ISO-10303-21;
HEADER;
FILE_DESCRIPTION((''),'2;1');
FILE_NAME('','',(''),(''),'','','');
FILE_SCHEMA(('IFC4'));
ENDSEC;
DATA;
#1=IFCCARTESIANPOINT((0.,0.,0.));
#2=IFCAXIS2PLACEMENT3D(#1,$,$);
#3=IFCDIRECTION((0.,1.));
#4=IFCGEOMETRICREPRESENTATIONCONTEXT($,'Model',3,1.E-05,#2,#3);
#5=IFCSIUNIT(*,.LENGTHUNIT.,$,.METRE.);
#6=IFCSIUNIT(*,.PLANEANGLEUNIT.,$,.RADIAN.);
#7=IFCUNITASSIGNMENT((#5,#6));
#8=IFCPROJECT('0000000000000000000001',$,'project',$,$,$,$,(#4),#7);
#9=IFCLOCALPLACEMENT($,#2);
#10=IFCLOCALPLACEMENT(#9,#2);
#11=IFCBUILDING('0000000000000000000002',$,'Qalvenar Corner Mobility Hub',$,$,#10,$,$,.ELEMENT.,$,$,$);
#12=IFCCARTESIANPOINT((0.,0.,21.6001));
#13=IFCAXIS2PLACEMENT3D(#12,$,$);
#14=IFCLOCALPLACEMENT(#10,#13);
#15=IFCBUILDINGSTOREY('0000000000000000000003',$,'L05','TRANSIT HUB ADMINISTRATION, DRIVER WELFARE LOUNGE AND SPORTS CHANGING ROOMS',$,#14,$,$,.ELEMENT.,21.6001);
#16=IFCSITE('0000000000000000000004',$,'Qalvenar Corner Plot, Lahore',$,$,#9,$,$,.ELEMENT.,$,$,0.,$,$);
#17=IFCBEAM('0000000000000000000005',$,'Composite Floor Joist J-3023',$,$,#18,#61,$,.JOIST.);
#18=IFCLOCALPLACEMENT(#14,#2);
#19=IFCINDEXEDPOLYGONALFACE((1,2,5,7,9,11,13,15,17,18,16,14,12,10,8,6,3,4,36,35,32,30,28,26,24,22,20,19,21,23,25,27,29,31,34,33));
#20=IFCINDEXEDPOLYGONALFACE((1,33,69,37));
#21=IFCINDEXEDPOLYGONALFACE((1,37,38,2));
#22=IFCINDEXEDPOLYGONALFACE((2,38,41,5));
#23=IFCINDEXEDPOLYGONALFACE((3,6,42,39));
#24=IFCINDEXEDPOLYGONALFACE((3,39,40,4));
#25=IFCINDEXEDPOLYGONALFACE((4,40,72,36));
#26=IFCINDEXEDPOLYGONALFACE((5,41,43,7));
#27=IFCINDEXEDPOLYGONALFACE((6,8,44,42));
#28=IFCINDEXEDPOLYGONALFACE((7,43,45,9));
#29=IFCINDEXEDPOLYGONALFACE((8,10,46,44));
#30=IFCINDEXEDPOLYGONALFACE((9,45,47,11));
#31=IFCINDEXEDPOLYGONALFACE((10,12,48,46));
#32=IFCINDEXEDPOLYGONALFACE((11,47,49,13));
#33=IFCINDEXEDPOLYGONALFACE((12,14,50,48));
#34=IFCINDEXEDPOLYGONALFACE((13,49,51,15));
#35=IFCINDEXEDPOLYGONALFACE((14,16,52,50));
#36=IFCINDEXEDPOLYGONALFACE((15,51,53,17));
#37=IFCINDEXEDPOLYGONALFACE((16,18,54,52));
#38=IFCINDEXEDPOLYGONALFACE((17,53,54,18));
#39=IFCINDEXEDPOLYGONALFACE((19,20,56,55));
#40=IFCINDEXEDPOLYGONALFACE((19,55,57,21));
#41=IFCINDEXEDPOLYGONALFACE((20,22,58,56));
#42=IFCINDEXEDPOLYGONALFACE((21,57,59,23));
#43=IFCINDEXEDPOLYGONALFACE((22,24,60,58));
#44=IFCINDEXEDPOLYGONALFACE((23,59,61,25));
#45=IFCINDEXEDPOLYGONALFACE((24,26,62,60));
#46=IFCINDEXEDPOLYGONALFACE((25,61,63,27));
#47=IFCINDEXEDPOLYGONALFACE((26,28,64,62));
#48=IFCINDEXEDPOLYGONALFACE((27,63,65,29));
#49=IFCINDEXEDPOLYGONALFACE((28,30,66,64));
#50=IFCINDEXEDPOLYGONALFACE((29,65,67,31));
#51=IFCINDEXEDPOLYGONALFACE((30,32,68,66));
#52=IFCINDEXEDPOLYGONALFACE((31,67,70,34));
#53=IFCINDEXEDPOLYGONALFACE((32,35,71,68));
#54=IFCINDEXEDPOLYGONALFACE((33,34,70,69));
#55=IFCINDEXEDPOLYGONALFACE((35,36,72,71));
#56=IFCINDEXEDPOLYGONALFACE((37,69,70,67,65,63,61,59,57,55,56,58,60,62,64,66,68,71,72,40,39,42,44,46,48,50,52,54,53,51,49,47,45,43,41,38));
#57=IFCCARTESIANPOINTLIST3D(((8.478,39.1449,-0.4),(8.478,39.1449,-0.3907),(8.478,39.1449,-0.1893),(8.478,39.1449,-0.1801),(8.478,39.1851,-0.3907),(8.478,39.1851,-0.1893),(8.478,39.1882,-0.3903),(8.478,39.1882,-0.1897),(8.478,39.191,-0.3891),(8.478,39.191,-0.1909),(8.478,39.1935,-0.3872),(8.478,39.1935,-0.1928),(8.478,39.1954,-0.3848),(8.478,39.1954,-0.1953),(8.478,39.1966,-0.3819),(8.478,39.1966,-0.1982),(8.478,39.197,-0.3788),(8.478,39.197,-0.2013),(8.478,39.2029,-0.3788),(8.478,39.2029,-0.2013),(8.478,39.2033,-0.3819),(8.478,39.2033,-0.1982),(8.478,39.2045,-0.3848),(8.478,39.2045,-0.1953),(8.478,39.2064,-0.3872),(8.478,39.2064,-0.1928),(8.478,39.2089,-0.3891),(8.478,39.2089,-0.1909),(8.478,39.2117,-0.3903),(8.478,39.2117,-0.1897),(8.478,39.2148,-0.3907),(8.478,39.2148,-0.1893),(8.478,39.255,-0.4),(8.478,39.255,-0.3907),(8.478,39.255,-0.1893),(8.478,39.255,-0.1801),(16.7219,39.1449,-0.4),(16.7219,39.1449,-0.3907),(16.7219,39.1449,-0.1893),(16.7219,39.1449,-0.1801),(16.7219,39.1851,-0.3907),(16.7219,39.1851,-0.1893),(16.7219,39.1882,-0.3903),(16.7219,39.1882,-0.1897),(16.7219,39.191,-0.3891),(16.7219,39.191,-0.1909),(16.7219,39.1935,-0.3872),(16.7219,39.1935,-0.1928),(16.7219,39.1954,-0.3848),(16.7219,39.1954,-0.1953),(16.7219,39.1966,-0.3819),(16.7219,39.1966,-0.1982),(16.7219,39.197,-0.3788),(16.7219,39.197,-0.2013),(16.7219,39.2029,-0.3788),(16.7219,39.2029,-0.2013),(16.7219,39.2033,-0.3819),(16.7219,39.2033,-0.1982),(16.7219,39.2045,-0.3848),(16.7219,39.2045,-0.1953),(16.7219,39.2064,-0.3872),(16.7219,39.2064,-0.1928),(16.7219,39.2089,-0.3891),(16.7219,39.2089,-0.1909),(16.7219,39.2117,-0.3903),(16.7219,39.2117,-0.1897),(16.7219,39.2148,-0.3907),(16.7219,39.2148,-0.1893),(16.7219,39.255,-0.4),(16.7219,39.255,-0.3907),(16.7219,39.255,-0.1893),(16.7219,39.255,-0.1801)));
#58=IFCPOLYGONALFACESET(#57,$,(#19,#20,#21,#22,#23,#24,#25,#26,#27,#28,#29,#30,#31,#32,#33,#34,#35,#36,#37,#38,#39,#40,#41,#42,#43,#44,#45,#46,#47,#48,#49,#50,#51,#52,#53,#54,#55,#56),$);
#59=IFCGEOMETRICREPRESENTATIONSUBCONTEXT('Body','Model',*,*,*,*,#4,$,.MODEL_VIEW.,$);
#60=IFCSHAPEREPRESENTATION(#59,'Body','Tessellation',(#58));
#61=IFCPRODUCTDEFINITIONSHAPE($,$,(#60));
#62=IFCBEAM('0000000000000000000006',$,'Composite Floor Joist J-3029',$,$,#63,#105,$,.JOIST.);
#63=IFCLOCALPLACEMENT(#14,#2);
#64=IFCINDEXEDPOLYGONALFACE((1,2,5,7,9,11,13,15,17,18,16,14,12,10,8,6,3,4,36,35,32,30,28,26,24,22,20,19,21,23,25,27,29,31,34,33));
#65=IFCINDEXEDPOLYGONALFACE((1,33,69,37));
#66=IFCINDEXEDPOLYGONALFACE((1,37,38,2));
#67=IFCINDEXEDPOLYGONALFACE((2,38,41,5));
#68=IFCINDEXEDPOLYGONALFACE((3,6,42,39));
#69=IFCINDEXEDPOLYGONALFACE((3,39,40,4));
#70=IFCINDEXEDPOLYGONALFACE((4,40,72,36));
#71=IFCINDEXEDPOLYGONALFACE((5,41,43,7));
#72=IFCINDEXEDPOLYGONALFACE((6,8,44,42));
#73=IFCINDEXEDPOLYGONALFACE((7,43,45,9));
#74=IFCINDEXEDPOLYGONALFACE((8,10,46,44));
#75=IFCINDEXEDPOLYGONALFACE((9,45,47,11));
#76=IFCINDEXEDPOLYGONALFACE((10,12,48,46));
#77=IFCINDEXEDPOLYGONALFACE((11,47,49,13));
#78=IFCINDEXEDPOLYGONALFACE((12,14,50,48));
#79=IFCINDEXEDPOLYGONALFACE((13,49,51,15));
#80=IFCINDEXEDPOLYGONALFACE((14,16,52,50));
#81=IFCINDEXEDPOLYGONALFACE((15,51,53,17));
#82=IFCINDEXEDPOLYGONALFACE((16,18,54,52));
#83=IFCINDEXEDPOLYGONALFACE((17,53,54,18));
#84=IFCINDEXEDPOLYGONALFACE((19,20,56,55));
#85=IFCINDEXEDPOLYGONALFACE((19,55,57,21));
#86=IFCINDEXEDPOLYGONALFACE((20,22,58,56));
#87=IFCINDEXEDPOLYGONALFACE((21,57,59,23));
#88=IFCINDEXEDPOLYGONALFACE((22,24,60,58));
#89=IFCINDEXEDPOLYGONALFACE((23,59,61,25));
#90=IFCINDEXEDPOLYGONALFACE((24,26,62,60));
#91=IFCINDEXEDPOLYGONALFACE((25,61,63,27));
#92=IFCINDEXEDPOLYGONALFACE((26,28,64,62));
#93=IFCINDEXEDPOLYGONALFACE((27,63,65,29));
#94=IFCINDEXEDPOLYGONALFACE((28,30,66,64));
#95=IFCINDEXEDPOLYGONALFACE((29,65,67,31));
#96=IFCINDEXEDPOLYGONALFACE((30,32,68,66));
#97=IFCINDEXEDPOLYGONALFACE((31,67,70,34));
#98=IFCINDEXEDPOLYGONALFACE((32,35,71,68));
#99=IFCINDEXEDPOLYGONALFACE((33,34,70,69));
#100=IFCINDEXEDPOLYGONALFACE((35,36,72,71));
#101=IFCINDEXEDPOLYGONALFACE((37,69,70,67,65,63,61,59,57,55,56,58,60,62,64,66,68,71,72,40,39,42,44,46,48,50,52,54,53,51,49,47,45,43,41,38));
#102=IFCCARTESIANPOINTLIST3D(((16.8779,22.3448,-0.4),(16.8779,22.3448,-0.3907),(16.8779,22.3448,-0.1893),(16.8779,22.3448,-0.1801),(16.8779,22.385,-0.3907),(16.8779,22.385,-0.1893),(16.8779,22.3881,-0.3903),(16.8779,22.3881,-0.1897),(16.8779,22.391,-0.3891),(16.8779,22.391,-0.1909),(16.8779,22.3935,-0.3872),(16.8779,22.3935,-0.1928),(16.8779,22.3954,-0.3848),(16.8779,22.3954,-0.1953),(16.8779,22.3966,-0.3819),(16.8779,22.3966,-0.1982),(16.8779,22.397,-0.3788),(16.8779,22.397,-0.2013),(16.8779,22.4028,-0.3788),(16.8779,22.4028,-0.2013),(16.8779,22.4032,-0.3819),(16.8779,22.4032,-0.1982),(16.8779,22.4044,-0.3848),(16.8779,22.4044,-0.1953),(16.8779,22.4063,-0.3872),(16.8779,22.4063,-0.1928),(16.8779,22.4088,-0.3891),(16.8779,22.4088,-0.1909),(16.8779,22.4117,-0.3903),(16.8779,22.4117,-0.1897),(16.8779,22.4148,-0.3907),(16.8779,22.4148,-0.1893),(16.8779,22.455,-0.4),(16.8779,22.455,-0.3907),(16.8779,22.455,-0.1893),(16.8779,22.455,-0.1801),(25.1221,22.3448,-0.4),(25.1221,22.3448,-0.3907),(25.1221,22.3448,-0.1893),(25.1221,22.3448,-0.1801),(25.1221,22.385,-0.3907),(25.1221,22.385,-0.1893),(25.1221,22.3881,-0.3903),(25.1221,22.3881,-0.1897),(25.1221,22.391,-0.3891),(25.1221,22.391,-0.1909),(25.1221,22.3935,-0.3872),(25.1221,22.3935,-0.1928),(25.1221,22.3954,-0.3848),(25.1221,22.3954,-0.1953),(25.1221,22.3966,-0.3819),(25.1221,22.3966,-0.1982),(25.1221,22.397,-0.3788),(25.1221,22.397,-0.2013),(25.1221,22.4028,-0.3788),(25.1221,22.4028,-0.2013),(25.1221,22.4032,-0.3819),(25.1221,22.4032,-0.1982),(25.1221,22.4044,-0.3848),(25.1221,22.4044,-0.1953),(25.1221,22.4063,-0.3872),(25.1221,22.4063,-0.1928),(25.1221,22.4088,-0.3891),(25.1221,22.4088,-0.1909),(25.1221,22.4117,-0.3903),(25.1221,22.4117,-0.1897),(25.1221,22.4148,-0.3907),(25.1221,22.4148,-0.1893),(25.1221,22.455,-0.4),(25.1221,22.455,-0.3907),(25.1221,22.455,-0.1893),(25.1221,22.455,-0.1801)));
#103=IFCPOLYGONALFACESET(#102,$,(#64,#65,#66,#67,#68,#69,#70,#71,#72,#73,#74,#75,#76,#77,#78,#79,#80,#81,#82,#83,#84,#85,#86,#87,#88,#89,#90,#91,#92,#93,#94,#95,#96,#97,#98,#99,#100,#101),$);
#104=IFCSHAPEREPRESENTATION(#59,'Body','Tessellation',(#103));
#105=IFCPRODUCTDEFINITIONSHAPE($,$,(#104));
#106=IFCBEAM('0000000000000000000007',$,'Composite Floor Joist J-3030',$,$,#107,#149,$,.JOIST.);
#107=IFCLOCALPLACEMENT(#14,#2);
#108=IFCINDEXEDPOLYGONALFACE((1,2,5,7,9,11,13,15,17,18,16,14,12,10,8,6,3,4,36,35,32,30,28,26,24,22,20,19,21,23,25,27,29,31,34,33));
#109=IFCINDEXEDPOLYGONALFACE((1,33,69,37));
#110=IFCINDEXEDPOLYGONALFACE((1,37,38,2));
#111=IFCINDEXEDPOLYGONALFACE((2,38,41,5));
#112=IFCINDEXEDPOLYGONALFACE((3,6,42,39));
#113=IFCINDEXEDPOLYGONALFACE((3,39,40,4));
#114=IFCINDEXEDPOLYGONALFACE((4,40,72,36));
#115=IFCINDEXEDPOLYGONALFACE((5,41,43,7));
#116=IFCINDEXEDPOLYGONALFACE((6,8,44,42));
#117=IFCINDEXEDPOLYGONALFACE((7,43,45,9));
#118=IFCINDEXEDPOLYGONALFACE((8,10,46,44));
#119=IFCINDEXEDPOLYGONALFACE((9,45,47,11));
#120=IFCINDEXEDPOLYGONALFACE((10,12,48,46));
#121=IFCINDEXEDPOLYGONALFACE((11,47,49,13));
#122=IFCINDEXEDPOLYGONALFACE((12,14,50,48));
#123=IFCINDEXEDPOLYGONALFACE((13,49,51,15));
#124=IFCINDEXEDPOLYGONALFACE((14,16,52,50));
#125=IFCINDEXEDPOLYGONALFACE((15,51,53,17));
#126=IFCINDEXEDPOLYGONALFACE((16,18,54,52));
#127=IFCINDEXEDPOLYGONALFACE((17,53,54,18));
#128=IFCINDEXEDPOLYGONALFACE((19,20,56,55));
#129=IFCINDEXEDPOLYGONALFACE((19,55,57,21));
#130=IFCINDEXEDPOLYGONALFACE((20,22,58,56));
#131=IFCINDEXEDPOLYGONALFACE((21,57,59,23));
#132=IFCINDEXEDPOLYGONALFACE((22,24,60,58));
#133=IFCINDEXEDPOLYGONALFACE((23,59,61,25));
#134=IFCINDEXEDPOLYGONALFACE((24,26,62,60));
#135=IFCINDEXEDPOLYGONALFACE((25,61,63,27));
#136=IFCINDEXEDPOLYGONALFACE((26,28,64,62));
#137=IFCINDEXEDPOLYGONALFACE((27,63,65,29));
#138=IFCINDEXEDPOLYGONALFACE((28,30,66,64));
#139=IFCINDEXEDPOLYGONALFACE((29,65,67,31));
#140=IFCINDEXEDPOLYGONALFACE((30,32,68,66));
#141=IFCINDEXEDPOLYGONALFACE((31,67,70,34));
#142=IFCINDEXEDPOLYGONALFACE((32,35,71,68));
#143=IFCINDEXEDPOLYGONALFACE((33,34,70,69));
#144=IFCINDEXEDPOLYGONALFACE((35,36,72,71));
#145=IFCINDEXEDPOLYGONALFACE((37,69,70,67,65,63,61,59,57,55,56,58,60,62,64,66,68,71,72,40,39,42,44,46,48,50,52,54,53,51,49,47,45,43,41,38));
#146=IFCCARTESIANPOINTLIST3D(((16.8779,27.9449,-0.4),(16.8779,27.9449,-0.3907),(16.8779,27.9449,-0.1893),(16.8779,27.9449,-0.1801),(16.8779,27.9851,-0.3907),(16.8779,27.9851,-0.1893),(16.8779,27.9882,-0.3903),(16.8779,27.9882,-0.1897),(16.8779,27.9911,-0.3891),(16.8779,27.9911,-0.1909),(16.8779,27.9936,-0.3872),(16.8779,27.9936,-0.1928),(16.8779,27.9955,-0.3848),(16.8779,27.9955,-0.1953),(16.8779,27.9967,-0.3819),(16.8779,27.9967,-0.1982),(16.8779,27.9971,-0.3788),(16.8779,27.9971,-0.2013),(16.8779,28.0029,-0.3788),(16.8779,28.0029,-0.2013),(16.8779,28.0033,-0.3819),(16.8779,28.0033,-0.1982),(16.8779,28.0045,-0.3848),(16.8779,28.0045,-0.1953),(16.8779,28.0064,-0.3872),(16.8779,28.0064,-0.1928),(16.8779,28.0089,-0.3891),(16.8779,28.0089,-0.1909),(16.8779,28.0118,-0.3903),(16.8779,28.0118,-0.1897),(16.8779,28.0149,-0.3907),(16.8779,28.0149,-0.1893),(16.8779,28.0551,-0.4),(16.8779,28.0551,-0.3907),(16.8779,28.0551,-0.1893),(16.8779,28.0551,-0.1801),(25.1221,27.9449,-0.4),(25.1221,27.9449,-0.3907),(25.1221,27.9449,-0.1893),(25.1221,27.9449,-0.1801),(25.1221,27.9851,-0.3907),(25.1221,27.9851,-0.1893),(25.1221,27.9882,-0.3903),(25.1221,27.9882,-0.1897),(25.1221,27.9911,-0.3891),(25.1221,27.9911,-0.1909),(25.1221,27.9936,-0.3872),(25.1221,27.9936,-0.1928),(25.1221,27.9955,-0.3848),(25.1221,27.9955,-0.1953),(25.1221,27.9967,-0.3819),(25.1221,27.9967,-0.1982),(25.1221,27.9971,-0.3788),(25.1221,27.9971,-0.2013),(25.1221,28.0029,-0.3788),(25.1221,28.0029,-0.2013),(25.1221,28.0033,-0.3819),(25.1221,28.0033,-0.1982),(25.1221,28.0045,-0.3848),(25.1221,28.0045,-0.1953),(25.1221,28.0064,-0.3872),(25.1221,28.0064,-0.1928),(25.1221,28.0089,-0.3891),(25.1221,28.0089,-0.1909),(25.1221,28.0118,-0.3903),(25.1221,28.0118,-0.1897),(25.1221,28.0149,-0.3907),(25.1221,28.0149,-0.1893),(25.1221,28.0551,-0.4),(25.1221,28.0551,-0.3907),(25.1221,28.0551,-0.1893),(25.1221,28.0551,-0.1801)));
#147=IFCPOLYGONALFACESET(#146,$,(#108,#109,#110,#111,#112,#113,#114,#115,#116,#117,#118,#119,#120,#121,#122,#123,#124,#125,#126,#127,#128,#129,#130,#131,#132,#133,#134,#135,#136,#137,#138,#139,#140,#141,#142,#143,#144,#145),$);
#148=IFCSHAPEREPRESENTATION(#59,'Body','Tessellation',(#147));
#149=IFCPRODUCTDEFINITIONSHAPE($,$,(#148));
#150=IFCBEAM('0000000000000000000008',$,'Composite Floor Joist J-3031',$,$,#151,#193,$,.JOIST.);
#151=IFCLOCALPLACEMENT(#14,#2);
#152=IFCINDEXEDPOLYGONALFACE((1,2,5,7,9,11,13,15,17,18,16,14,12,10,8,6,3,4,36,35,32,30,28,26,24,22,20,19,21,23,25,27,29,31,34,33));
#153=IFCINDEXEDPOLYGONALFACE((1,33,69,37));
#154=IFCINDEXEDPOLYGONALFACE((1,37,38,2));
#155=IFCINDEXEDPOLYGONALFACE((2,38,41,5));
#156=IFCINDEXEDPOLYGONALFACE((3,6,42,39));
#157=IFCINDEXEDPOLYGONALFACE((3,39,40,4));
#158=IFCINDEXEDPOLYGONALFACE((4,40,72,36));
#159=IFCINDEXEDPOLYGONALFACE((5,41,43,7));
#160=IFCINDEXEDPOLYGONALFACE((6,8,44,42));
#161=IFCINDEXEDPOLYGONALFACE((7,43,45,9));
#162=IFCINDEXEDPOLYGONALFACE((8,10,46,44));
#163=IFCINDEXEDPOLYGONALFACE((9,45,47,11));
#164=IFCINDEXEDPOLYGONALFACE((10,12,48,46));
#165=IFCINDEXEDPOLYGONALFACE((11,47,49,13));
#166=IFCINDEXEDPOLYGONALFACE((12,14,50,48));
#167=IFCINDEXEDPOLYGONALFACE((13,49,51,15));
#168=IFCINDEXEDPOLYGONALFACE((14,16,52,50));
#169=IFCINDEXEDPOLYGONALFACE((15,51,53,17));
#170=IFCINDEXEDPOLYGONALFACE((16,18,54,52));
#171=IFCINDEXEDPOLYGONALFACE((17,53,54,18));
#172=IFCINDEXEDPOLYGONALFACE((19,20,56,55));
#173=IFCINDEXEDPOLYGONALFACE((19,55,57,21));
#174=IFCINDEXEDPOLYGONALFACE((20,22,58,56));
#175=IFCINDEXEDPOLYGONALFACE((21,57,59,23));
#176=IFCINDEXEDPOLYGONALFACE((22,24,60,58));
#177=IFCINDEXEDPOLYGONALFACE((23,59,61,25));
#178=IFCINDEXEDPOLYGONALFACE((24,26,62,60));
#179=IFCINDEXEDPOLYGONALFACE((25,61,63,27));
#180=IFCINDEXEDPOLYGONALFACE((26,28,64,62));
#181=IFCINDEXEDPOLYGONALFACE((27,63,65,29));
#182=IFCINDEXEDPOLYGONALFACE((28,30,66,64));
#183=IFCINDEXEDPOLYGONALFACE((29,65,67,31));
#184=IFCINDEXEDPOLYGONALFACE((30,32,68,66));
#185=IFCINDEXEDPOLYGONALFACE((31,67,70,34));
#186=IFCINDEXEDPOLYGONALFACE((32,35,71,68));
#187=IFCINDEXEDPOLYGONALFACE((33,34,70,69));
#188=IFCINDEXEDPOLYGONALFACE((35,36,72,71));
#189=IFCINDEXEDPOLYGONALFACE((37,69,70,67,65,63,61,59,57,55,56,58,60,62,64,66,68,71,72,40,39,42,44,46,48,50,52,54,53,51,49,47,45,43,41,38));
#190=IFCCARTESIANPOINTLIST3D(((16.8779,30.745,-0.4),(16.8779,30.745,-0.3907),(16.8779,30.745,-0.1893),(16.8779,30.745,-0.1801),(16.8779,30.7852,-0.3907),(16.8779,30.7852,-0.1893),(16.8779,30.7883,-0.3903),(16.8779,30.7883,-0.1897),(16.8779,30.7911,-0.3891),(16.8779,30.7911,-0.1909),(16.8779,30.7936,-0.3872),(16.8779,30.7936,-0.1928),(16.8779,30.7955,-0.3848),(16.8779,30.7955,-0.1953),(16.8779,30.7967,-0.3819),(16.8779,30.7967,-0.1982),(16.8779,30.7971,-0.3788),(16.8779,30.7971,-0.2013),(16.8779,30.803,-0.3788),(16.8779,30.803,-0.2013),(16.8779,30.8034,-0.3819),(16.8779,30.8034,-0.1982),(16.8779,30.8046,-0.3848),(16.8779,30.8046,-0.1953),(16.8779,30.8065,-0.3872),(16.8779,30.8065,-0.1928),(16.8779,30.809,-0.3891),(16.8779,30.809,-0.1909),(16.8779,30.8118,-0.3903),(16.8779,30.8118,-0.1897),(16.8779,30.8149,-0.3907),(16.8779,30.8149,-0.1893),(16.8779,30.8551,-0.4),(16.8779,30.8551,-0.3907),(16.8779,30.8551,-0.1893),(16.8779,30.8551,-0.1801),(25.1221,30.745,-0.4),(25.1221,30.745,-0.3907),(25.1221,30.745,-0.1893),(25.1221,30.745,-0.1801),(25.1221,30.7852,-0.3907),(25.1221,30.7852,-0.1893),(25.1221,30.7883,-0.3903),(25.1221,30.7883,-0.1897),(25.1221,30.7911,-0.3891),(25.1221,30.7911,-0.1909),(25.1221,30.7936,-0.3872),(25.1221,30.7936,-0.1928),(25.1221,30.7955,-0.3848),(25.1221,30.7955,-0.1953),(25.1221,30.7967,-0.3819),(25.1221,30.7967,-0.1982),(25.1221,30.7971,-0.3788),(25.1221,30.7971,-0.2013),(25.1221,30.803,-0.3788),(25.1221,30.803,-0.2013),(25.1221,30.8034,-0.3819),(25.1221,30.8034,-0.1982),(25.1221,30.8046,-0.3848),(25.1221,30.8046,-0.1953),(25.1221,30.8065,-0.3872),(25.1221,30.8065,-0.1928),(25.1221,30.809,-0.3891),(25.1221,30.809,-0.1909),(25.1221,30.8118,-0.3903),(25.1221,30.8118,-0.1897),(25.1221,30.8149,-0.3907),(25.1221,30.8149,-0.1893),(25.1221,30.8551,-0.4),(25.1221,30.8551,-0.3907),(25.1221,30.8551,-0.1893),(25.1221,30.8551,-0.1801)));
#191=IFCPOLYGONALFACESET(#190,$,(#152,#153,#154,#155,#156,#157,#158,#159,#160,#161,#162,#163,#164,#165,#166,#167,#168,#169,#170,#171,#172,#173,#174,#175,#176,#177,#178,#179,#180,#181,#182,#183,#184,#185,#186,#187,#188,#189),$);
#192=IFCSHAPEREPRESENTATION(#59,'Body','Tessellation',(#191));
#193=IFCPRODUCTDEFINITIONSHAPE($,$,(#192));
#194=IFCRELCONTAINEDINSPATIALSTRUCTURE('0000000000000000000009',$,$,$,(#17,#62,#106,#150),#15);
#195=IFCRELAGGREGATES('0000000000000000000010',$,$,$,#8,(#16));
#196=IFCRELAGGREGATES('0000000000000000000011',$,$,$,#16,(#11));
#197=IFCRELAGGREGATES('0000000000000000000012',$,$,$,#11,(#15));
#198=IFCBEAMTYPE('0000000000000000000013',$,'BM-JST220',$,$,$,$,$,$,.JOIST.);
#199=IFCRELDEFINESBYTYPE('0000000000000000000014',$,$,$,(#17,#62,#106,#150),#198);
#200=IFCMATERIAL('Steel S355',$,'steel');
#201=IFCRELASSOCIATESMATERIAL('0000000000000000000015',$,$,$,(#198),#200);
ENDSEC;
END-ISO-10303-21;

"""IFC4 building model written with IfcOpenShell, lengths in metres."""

from ifc_helpers import new_model, si_unit, direction, frame, origin, origin_2d, place, context, subcontext, project, spatial, i_section, extrude, material, material_profile, profile_set, type_object, element, save


model = new_model("IFC4")

# Units and contexts
model_context = context("Model", 3, precision=1e-05, world=origin(), true_north=direction((0.0, 1.0)))
body_context = subcontext(model_context, "Body", "Model", "MODEL_VIEW")
ifc_project = project(units=[si_unit("LENGTHUNIT", "METRE"), si_unit("PLANEANGLEUNIT", "RADIAN")], contexts=[model_context])

# Site, building, storey
site_placement = place(None, origin())
site = spatial("IfcSite", under=ifc_project, at=site_placement, Name="Qalvenar Corner Plot, Lahore", CompositionType="ELEMENT", RefElevation=0.0)
building_placement = place(site_placement, origin())
building = spatial("IfcBuilding", under=site, at=building_placement, Name="Qalvenar Corner Mobility Hub", CompositionType="ELEMENT")
storey_placement = place(building_placement, frame((0.0, 0.0, 21.6001)))
storey = spatial("IfcBuildingStorey", under=building, at=storey_placement, Name="L05", Description="TRANSIT HUB ADMINISTRATION, DRIVER WELFARE LOUNGE AND SPORTS CHANGING ROOMS", CompositionType="ELEMENT", Elevation=21.6001)

# Shared definitions
ifc_material_1 = material(Name="Steel S355", Category="steel")

# Beams
ifc_material_profile_1 = material_profile(ifc_material_1, i_section(OverallWidth=0.1101, OverallDepth=0.22, WebThickness=0.0059, FlangeThickness=0.0093, FilletRadius=0.012, at=origin_2d()), Name="IPE220")
ifc_profile_set_1 = profile_set([ifc_material_profile_1], Name="Steel S355")
beam_type_1 = type_object("IfcBeamType", Name="BM-JST220", PredefinedType="JOIST", material=ifc_profile_set_1)
for number, where, z_axis, x_axis, name in (
    (1, (8.478, 39.2, -0.29), (1.0, 0.0, 0.0), (0.0, 1.0, 0.0), "Composite Floor Joist J-3023"),
):
    element("IfcBeam", number, at=place(storey_placement, frame(where, z_axis=z_axis, x_axis=x_axis)), inside=storey, type_object=beam_type_1, Name=name, PredefinedType="JOIST", context=body_context, shape_type="SweptSolid", body=[
        extrude(i_section(OverallWidth=0.1101, OverallDepth=0.22, WebThickness=0.0059, FlangeThickness=0.0093, FilletRadius=0.012, at=origin_2d()), origin(), (0.0, 0.0, 1.0), 8.2439),
    ])
for number, where, z_axis, x_axis, name in (
    (2, (16.8779, 22.3999, -0.29), (1.0, 0.0, 0.0), (0.0, 1.0, 0.0), "Composite Floor Joist J-3029"),
    (3, (16.8779, 28.0, -0.29), (1.0, 0.0, 0.0), (0.0, 1.0, 0.0), "Composite Floor Joist J-3030"),
    (4, (16.8779, 30.8, -0.29), (1.0, 0.0, 0.0), (0.0, 1.0, 0.0), "Composite Floor Joist J-3031"),
):
    element("IfcBeam", number, at=place(storey_placement, frame(where, z_axis=z_axis, x_axis=x_axis)), inside=storey, type_object=beam_type_1, Name=name, PredefinedType="JOIST", context=body_context, shape_type="SweptSolid", body=[
        extrude(i_section(OverallWidth=0.1101, OverallDepth=0.22, WebThickness=0.0059, FlangeThickness=0.0093, FilletRadius=0.012, at=origin_2d()), origin(), (0.0, 0.0, 1.0), 8.2441),
    ])

save(model, "model.ifc")
